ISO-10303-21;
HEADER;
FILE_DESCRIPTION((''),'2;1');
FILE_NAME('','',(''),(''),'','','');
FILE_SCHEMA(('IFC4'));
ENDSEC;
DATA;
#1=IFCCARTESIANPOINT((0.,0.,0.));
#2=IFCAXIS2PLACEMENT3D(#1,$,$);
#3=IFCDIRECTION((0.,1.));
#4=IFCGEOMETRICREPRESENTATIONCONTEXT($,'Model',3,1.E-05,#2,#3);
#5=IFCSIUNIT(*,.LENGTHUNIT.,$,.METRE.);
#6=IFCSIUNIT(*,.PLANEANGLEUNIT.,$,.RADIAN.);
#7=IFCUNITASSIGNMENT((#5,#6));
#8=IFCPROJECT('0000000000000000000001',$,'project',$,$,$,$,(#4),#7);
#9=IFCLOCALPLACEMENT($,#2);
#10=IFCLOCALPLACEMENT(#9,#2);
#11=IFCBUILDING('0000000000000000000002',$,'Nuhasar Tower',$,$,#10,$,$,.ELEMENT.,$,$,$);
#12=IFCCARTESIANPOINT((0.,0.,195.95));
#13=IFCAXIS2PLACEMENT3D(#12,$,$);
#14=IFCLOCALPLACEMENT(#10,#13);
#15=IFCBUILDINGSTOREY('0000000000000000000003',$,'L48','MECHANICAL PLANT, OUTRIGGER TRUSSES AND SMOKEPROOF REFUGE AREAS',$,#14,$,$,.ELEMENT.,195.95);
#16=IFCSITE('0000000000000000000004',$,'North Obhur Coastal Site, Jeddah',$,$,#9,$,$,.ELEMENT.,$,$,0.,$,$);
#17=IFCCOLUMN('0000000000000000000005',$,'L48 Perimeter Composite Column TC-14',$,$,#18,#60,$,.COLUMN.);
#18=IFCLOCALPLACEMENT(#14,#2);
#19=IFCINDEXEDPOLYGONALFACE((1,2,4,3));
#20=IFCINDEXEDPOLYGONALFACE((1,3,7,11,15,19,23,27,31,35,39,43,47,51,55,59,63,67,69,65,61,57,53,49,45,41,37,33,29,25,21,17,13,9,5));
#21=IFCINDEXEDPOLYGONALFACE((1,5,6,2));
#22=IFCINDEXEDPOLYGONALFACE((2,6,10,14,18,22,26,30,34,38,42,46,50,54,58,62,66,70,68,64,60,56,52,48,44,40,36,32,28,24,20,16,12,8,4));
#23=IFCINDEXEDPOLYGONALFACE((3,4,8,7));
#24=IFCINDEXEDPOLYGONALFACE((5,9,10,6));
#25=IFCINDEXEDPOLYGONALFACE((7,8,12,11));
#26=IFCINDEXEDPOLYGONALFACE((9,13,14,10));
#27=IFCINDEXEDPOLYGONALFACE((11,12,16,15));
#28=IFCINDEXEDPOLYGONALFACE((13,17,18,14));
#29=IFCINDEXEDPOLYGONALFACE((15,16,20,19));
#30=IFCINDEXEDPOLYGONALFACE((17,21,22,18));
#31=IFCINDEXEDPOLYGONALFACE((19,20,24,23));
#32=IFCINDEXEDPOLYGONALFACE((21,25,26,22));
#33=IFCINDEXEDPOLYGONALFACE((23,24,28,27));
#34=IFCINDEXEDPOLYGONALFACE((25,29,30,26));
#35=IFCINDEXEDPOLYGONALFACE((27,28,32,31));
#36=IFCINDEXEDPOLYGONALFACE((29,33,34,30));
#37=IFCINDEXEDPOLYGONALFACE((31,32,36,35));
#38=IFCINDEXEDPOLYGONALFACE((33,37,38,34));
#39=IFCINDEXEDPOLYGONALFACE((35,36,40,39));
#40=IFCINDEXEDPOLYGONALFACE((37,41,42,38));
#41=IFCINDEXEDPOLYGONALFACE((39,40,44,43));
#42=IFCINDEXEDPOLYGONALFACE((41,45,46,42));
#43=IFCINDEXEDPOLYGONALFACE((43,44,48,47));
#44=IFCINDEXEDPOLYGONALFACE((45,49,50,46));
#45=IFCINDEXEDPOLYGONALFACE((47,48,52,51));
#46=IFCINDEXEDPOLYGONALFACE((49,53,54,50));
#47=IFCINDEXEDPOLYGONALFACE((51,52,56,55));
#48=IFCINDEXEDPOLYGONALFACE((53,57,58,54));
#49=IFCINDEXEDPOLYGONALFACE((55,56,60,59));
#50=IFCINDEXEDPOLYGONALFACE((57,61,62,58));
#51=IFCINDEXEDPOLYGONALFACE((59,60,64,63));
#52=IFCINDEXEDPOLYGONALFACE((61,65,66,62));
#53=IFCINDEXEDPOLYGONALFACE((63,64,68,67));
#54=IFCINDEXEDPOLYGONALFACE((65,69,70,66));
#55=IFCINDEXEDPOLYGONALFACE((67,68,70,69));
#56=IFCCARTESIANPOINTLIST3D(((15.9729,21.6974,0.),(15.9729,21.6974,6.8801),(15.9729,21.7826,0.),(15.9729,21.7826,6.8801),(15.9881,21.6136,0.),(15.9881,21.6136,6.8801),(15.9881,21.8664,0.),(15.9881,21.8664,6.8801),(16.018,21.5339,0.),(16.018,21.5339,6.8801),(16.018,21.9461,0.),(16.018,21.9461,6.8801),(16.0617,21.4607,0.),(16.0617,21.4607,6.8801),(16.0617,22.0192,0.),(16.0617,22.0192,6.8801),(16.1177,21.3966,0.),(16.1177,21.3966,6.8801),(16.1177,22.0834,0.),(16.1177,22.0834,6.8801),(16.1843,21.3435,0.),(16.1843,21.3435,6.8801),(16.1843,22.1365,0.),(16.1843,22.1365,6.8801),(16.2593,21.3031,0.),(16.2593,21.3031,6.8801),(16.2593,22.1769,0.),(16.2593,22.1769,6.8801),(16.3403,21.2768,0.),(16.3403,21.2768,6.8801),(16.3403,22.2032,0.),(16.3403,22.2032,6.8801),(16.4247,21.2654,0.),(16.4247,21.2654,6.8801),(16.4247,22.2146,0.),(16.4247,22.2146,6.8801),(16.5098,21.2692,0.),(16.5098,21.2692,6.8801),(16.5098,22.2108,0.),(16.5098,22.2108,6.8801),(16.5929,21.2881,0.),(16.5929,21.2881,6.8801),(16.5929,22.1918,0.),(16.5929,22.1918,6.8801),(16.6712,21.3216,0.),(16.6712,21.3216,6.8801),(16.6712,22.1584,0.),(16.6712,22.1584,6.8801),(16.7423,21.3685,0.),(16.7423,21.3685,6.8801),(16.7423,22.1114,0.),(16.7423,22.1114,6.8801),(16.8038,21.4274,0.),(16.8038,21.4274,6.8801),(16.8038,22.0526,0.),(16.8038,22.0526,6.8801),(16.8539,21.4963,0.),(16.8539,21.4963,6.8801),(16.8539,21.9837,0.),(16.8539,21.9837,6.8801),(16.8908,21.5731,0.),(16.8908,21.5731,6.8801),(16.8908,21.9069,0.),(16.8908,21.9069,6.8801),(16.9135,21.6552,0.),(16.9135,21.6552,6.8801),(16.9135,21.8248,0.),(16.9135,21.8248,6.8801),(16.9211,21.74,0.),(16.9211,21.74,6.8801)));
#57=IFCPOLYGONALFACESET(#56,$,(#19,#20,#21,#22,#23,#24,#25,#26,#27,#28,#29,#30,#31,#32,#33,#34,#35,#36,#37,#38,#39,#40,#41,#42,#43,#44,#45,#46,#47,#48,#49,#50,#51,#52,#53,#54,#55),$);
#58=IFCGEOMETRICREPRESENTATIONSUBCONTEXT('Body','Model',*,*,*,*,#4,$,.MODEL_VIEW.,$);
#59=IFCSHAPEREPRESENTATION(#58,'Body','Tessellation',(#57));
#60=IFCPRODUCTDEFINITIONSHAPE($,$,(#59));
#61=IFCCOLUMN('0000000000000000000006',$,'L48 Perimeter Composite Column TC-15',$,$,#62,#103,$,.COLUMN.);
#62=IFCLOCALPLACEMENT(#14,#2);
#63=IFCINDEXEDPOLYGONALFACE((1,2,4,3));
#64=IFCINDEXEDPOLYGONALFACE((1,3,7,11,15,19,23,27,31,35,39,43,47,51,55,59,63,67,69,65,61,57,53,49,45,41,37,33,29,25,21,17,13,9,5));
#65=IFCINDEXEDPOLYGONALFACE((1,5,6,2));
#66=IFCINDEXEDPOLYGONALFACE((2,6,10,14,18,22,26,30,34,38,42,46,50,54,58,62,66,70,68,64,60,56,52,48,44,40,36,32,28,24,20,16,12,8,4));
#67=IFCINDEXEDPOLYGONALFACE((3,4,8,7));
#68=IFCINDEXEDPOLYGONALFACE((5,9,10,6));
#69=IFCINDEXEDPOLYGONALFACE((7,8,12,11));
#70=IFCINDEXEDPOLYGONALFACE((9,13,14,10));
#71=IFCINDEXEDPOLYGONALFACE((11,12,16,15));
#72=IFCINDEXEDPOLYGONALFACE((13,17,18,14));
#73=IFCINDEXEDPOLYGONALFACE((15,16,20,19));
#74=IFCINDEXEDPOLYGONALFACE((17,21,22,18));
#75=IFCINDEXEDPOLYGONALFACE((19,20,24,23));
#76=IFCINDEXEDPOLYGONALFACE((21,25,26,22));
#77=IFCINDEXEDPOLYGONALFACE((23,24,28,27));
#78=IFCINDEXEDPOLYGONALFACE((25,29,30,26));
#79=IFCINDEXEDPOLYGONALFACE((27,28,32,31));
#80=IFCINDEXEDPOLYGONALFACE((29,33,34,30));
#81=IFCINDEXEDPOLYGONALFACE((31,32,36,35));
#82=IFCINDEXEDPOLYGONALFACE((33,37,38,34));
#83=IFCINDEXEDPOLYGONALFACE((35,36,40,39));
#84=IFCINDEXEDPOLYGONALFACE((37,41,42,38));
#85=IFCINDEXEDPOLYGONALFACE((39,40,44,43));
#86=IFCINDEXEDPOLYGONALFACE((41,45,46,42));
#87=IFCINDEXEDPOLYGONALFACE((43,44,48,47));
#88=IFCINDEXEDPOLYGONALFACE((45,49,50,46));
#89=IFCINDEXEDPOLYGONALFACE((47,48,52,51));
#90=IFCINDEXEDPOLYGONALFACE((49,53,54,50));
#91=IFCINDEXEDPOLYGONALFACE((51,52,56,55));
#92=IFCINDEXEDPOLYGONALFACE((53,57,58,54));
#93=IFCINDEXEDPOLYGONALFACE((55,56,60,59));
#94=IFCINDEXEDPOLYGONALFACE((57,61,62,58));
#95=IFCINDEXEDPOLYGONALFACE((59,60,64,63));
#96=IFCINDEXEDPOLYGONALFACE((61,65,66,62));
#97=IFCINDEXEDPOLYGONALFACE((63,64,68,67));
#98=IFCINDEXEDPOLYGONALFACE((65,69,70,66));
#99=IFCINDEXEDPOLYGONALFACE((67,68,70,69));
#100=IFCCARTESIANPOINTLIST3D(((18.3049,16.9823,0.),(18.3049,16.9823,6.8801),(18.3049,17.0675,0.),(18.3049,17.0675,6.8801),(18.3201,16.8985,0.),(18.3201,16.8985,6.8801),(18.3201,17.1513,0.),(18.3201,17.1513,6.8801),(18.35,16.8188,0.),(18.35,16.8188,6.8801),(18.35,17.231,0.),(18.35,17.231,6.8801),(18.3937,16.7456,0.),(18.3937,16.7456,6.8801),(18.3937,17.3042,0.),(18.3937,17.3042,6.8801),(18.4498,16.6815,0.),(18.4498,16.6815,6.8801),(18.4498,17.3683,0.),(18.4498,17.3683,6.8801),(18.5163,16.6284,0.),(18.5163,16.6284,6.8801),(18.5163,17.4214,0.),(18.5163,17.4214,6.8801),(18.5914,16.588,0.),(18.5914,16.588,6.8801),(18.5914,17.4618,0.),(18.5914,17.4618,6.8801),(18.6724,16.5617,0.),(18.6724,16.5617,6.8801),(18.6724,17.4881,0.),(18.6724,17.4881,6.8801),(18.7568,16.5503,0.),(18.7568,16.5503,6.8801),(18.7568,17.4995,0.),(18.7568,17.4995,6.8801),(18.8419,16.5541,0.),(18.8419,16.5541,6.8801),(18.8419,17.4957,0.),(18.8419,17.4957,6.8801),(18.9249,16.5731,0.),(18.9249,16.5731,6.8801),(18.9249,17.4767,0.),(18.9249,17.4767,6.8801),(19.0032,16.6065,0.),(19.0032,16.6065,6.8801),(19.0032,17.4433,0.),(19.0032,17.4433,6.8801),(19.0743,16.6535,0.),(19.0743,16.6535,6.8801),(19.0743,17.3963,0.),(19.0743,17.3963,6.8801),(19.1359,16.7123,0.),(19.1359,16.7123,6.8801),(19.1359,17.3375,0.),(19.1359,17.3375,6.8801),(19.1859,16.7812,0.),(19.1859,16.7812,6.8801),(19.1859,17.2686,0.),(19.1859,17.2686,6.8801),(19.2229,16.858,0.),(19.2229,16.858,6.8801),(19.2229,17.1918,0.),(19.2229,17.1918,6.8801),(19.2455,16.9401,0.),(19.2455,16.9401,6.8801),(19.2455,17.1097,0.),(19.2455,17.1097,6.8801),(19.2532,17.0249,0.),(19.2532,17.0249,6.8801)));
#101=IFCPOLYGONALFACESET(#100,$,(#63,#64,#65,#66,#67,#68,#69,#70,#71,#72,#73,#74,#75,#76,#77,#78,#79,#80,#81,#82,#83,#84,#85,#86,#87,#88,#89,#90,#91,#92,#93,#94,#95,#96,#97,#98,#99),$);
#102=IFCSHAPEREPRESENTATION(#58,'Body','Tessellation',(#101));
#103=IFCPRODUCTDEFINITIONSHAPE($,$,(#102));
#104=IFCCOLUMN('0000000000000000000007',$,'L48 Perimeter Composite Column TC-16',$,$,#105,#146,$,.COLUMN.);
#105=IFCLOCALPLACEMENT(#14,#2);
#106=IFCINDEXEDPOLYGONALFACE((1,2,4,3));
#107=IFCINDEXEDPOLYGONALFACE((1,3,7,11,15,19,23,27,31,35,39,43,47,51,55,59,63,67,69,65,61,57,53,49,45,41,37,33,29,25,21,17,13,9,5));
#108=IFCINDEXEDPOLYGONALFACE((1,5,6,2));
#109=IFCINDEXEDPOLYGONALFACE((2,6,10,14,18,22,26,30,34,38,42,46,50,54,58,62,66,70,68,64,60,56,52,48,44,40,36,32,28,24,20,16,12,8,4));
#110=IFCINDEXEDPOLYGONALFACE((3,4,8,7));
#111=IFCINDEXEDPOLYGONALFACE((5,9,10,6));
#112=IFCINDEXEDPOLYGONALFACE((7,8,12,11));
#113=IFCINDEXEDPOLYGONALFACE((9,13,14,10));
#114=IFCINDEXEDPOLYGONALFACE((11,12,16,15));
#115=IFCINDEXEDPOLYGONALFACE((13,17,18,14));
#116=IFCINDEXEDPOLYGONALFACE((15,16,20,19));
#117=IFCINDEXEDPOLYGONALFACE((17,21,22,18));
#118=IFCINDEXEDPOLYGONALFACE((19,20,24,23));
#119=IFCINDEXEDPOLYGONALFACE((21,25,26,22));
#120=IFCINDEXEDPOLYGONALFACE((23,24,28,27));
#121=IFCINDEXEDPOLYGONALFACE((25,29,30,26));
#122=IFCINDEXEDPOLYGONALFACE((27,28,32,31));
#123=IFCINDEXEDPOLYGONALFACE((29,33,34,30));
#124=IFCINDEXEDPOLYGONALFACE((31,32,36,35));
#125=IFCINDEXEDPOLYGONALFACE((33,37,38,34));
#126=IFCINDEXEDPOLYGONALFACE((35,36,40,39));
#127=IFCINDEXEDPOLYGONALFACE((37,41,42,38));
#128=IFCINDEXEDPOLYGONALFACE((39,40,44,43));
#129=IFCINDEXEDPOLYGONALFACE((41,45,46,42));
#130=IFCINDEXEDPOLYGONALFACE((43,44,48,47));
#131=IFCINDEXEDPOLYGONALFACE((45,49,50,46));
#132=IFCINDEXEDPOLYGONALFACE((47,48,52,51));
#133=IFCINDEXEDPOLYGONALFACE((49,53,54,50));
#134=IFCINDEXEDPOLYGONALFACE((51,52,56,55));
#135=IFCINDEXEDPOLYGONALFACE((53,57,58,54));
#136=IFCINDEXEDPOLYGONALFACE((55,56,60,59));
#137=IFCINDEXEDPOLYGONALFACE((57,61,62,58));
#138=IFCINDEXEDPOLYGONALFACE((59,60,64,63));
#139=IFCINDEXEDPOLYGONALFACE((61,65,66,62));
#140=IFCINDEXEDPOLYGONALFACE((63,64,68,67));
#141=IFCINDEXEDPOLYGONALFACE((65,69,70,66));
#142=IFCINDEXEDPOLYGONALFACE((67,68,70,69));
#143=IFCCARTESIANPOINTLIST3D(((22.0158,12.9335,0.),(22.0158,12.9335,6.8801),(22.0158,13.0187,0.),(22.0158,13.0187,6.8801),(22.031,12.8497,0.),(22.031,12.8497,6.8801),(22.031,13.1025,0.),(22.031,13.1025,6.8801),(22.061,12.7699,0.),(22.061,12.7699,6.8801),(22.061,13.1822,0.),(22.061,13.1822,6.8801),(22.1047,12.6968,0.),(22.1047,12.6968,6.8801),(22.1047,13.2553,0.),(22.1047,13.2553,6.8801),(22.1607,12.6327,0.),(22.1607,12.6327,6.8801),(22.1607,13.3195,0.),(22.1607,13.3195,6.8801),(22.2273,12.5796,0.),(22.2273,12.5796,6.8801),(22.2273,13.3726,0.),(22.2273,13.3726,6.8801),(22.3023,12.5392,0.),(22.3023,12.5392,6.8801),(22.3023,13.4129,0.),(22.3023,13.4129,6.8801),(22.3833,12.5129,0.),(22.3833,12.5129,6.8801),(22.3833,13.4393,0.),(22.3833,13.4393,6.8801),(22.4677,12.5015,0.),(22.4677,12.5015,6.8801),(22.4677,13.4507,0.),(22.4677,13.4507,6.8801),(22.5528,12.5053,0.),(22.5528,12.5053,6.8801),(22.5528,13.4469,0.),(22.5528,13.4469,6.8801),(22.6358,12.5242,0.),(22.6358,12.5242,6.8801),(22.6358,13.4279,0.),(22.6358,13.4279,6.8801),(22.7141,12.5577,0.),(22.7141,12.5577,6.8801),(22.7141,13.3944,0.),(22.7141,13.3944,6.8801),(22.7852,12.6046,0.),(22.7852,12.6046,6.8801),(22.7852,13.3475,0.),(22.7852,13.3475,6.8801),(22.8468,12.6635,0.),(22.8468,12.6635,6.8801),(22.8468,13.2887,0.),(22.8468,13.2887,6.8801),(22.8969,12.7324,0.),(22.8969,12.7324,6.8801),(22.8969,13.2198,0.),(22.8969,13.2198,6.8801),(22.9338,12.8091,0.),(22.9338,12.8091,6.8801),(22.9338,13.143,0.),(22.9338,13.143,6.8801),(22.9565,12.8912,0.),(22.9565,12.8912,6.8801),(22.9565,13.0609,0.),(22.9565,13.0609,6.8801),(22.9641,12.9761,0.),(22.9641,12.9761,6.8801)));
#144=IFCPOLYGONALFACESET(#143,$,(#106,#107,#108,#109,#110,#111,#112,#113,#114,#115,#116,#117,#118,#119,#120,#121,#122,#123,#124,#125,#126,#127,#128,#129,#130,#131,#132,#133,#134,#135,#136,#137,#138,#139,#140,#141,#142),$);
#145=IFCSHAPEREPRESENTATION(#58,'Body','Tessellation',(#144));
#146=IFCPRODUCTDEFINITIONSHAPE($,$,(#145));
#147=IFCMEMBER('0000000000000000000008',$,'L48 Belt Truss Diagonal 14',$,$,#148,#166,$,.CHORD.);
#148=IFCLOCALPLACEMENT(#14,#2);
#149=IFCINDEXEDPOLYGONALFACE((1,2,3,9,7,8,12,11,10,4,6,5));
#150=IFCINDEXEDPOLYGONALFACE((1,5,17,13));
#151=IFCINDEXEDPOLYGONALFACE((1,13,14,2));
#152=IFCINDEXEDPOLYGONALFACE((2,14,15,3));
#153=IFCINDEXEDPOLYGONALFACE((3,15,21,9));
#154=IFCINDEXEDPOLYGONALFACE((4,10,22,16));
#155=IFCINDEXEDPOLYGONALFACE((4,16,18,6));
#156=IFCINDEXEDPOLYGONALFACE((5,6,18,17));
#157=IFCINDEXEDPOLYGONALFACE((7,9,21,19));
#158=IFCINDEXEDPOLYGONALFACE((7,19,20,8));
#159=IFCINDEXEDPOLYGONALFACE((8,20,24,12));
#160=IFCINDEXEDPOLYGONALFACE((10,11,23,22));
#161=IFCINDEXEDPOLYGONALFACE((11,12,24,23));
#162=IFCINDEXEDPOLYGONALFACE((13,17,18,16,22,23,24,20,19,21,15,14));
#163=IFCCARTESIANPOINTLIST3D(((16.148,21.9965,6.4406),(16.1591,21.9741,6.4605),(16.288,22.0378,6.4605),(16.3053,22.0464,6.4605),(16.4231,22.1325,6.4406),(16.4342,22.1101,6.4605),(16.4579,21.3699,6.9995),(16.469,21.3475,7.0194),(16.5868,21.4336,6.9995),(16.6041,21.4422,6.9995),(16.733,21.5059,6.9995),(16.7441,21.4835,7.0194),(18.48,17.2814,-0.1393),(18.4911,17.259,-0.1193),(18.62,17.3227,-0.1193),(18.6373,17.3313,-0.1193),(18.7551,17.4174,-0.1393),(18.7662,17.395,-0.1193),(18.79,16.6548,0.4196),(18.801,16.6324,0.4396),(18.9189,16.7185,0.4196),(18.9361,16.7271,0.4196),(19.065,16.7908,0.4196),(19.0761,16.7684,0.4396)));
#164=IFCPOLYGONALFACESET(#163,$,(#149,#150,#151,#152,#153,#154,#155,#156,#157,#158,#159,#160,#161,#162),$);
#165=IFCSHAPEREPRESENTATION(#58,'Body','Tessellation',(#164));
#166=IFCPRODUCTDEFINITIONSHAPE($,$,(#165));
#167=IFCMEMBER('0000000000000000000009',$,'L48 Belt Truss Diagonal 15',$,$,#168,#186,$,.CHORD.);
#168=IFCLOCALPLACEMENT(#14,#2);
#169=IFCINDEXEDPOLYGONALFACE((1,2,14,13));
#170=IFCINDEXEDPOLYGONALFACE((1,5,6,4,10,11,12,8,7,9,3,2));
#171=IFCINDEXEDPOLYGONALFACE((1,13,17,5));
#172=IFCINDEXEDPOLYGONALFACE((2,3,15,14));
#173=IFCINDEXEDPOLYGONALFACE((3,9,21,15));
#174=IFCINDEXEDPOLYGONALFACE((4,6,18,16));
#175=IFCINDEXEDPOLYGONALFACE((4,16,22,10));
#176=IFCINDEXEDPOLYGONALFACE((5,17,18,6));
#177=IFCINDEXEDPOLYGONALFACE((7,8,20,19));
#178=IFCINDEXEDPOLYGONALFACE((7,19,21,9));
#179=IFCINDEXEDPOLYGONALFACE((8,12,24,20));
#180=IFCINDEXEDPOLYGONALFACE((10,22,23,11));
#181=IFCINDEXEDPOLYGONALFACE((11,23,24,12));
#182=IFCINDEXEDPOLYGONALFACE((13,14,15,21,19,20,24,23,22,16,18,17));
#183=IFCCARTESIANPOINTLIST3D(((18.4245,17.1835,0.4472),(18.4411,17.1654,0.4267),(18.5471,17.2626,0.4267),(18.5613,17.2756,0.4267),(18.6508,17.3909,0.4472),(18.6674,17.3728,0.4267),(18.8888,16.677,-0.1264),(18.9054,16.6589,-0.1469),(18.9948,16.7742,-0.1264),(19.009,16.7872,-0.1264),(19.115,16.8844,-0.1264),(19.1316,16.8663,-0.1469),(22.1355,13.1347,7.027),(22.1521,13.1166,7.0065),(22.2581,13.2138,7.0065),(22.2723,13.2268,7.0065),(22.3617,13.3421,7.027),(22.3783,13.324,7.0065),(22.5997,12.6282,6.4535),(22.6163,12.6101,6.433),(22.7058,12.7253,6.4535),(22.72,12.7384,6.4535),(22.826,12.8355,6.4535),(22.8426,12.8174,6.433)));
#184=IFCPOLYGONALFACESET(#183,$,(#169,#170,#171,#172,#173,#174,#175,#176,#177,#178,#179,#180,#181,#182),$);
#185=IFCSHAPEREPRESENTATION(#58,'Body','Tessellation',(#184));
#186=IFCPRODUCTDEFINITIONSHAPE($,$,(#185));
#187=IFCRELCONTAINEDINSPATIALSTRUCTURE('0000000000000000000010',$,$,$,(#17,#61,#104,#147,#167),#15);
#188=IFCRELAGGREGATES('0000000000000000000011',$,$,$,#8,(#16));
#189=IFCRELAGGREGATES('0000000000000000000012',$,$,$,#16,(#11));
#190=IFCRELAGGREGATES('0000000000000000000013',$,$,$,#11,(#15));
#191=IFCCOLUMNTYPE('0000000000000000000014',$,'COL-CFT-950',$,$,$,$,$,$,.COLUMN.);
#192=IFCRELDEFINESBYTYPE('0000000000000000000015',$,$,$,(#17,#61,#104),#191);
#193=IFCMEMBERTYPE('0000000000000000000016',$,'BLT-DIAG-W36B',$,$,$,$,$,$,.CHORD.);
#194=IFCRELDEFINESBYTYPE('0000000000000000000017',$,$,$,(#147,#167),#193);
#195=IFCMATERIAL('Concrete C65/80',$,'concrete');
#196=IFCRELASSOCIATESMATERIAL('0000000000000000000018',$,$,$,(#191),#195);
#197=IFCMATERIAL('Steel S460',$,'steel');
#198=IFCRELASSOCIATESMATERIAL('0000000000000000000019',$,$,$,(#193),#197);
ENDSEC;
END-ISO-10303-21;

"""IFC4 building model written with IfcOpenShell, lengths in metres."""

from ifc_helpers import new_model, si_unit, direction, frame, origin, origin_2d, place, context, subcontext, project, spatial, circle, i_section, extrude, material, material_profile, profile_set, type_object, element, save


model = new_model("IFC4")

# Units and contexts
model_context = context("Model", 3, precision=1e-05, world=origin(), true_north=direction((0.0, 1.0)))
body_context = subcontext(model_context, "Body", "Model", "MODEL_VIEW")
ifc_project = project(units=[si_unit("LENGTHUNIT", "METRE"), si_unit("PLANEANGLEUNIT", "RADIAN")], contexts=[model_context])

# Site, building, storey
site_placement = place(None, origin())
site = spatial("IfcSite", under=ifc_project, at=site_placement, Name="North Obhur Coastal Site, Jeddah", CompositionType="ELEMENT", RefElevation=0.0)
building_placement = place(site_placement, origin())
building = spatial("IfcBuilding", under=site, at=building_placement, Name="Nuhasar Tower", CompositionType="ELEMENT")
storey_placement = place(building_placement, frame((0.0, 0.0, 195.95)))
storey = spatial("IfcBuildingStorey", under=building, at=storey_placement, Name="L48", Description="MECHANICAL PLANT, OUTRIGGER TRUSSES AND SMOKEPROOF REFUGE AREAS", CompositionType="ELEMENT", Elevation=195.95)

# Columns
ifc_material_1 = material(Name="Concrete C65/80", Category="concrete")
ifc_material_profile_1 = material_profile(ifc_material_1, circle(Radius=0.4751, at=origin_2d()), Name="CFT950")
ifc_profile_set_1 = profile_set([ifc_material_profile_1], Name="Concrete C65/80")
column_type = type_object("IfcColumnType", Name="COL-CFT-950", PredefinedType="COLUMN", material=ifc_profile_set_1)
for number, where, z_axis, x_axis, name in (
    (1, (16.446, 21.74, 0.0), (0.0, 0.0, 1.0), (1.0, 0.0, 0.0), "L48 Perimeter Composite Column TC-14"),
    (2, (18.7781, 17.0249, 0.0), (0.0, 0.0, 1.0), (1.0, 0.0, 0.0), "L48 Perimeter Composite Column TC-15"),
    (3, (22.489, 12.9761, 0.0), (0.0, 0.0, 1.0), (1.0, 0.0, 0.0), "L48 Perimeter Composite Column TC-16"),
):
    element("IfcColumn", number, at=place(storey_placement, frame(where, z_axis=z_axis, x_axis=x_axis)), inside=storey, type_object=column_type, Name=name, PredefinedType="COLUMN", context=body_context, shape_type="SweptSolid", body=[
        extrude(circle(Radius=0.4751, at=origin_2d()), origin(), (0.0, 0.0, 1.0), 6.8801),
    ])

# Members
ifc_material_2 = material(Name="Steel S460", Category="steel")
ifc_material_profile_2 = material_profile(ifc_material_2, i_section(OverallWidth=0.3069, OverallDepth=0.927, WebThickness=0.0193, FlangeThickness=0.032, at=origin_2d()), Name="W36X194")
ifc_profile_set_2 = profile_set([ifc_material_profile_2], Name="Steel S460")
member_type_1 = type_object("IfcMemberType", Name="BLT-DIAG-W36B", PredefinedType="CHORD", material=ifc_profile_set_2)
member_1_placement = place(storey_placement, frame((18.7781, 17.0249, 0.1501), z_axis=(-0.27683, 0.559717, 0.781077), x_axis=(-0.896359, -0.443329, 0.0)))
element("IfcMember", 4, at=member_1_placement, inside=storey, type_object=member_type_1, Name="L48 Belt Truss Diagonal 14", PredefinedType="CHORD", context=body_context, shape_type="SweptSolid", body=[
    extrude(i_section(OverallWidth=0.3069, OverallDepth=0.927, WebThickness=0.0193, FlangeThickness=0.032, at=origin_2d()), origin(), (0.0, 0.0, 1.0), 8.4241),
])
member_2_placement = place(storey_placement, frame((18.7781, 17.0249, 0.1501), z_axis=(0.432975, -0.472399, 0.767705), x_axis=(0.737198, 0.675676, 0.0)))
element("IfcMember", 5, at=member_2_placement, inside=storey, type_object=member_type_1, Name="L48 Belt Truss Diagonal 15", PredefinedType="CHORD", context=body_context, shape_type="SweptSolid", body=[
    extrude(i_section(OverallWidth=0.3069, OverallDepth=0.927, WebThickness=0.0193, FlangeThickness=0.032, at=origin_2d()), origin(), (0.0, 0.0, 1.0), 8.5708),
])

save(model, "model.ifc")
